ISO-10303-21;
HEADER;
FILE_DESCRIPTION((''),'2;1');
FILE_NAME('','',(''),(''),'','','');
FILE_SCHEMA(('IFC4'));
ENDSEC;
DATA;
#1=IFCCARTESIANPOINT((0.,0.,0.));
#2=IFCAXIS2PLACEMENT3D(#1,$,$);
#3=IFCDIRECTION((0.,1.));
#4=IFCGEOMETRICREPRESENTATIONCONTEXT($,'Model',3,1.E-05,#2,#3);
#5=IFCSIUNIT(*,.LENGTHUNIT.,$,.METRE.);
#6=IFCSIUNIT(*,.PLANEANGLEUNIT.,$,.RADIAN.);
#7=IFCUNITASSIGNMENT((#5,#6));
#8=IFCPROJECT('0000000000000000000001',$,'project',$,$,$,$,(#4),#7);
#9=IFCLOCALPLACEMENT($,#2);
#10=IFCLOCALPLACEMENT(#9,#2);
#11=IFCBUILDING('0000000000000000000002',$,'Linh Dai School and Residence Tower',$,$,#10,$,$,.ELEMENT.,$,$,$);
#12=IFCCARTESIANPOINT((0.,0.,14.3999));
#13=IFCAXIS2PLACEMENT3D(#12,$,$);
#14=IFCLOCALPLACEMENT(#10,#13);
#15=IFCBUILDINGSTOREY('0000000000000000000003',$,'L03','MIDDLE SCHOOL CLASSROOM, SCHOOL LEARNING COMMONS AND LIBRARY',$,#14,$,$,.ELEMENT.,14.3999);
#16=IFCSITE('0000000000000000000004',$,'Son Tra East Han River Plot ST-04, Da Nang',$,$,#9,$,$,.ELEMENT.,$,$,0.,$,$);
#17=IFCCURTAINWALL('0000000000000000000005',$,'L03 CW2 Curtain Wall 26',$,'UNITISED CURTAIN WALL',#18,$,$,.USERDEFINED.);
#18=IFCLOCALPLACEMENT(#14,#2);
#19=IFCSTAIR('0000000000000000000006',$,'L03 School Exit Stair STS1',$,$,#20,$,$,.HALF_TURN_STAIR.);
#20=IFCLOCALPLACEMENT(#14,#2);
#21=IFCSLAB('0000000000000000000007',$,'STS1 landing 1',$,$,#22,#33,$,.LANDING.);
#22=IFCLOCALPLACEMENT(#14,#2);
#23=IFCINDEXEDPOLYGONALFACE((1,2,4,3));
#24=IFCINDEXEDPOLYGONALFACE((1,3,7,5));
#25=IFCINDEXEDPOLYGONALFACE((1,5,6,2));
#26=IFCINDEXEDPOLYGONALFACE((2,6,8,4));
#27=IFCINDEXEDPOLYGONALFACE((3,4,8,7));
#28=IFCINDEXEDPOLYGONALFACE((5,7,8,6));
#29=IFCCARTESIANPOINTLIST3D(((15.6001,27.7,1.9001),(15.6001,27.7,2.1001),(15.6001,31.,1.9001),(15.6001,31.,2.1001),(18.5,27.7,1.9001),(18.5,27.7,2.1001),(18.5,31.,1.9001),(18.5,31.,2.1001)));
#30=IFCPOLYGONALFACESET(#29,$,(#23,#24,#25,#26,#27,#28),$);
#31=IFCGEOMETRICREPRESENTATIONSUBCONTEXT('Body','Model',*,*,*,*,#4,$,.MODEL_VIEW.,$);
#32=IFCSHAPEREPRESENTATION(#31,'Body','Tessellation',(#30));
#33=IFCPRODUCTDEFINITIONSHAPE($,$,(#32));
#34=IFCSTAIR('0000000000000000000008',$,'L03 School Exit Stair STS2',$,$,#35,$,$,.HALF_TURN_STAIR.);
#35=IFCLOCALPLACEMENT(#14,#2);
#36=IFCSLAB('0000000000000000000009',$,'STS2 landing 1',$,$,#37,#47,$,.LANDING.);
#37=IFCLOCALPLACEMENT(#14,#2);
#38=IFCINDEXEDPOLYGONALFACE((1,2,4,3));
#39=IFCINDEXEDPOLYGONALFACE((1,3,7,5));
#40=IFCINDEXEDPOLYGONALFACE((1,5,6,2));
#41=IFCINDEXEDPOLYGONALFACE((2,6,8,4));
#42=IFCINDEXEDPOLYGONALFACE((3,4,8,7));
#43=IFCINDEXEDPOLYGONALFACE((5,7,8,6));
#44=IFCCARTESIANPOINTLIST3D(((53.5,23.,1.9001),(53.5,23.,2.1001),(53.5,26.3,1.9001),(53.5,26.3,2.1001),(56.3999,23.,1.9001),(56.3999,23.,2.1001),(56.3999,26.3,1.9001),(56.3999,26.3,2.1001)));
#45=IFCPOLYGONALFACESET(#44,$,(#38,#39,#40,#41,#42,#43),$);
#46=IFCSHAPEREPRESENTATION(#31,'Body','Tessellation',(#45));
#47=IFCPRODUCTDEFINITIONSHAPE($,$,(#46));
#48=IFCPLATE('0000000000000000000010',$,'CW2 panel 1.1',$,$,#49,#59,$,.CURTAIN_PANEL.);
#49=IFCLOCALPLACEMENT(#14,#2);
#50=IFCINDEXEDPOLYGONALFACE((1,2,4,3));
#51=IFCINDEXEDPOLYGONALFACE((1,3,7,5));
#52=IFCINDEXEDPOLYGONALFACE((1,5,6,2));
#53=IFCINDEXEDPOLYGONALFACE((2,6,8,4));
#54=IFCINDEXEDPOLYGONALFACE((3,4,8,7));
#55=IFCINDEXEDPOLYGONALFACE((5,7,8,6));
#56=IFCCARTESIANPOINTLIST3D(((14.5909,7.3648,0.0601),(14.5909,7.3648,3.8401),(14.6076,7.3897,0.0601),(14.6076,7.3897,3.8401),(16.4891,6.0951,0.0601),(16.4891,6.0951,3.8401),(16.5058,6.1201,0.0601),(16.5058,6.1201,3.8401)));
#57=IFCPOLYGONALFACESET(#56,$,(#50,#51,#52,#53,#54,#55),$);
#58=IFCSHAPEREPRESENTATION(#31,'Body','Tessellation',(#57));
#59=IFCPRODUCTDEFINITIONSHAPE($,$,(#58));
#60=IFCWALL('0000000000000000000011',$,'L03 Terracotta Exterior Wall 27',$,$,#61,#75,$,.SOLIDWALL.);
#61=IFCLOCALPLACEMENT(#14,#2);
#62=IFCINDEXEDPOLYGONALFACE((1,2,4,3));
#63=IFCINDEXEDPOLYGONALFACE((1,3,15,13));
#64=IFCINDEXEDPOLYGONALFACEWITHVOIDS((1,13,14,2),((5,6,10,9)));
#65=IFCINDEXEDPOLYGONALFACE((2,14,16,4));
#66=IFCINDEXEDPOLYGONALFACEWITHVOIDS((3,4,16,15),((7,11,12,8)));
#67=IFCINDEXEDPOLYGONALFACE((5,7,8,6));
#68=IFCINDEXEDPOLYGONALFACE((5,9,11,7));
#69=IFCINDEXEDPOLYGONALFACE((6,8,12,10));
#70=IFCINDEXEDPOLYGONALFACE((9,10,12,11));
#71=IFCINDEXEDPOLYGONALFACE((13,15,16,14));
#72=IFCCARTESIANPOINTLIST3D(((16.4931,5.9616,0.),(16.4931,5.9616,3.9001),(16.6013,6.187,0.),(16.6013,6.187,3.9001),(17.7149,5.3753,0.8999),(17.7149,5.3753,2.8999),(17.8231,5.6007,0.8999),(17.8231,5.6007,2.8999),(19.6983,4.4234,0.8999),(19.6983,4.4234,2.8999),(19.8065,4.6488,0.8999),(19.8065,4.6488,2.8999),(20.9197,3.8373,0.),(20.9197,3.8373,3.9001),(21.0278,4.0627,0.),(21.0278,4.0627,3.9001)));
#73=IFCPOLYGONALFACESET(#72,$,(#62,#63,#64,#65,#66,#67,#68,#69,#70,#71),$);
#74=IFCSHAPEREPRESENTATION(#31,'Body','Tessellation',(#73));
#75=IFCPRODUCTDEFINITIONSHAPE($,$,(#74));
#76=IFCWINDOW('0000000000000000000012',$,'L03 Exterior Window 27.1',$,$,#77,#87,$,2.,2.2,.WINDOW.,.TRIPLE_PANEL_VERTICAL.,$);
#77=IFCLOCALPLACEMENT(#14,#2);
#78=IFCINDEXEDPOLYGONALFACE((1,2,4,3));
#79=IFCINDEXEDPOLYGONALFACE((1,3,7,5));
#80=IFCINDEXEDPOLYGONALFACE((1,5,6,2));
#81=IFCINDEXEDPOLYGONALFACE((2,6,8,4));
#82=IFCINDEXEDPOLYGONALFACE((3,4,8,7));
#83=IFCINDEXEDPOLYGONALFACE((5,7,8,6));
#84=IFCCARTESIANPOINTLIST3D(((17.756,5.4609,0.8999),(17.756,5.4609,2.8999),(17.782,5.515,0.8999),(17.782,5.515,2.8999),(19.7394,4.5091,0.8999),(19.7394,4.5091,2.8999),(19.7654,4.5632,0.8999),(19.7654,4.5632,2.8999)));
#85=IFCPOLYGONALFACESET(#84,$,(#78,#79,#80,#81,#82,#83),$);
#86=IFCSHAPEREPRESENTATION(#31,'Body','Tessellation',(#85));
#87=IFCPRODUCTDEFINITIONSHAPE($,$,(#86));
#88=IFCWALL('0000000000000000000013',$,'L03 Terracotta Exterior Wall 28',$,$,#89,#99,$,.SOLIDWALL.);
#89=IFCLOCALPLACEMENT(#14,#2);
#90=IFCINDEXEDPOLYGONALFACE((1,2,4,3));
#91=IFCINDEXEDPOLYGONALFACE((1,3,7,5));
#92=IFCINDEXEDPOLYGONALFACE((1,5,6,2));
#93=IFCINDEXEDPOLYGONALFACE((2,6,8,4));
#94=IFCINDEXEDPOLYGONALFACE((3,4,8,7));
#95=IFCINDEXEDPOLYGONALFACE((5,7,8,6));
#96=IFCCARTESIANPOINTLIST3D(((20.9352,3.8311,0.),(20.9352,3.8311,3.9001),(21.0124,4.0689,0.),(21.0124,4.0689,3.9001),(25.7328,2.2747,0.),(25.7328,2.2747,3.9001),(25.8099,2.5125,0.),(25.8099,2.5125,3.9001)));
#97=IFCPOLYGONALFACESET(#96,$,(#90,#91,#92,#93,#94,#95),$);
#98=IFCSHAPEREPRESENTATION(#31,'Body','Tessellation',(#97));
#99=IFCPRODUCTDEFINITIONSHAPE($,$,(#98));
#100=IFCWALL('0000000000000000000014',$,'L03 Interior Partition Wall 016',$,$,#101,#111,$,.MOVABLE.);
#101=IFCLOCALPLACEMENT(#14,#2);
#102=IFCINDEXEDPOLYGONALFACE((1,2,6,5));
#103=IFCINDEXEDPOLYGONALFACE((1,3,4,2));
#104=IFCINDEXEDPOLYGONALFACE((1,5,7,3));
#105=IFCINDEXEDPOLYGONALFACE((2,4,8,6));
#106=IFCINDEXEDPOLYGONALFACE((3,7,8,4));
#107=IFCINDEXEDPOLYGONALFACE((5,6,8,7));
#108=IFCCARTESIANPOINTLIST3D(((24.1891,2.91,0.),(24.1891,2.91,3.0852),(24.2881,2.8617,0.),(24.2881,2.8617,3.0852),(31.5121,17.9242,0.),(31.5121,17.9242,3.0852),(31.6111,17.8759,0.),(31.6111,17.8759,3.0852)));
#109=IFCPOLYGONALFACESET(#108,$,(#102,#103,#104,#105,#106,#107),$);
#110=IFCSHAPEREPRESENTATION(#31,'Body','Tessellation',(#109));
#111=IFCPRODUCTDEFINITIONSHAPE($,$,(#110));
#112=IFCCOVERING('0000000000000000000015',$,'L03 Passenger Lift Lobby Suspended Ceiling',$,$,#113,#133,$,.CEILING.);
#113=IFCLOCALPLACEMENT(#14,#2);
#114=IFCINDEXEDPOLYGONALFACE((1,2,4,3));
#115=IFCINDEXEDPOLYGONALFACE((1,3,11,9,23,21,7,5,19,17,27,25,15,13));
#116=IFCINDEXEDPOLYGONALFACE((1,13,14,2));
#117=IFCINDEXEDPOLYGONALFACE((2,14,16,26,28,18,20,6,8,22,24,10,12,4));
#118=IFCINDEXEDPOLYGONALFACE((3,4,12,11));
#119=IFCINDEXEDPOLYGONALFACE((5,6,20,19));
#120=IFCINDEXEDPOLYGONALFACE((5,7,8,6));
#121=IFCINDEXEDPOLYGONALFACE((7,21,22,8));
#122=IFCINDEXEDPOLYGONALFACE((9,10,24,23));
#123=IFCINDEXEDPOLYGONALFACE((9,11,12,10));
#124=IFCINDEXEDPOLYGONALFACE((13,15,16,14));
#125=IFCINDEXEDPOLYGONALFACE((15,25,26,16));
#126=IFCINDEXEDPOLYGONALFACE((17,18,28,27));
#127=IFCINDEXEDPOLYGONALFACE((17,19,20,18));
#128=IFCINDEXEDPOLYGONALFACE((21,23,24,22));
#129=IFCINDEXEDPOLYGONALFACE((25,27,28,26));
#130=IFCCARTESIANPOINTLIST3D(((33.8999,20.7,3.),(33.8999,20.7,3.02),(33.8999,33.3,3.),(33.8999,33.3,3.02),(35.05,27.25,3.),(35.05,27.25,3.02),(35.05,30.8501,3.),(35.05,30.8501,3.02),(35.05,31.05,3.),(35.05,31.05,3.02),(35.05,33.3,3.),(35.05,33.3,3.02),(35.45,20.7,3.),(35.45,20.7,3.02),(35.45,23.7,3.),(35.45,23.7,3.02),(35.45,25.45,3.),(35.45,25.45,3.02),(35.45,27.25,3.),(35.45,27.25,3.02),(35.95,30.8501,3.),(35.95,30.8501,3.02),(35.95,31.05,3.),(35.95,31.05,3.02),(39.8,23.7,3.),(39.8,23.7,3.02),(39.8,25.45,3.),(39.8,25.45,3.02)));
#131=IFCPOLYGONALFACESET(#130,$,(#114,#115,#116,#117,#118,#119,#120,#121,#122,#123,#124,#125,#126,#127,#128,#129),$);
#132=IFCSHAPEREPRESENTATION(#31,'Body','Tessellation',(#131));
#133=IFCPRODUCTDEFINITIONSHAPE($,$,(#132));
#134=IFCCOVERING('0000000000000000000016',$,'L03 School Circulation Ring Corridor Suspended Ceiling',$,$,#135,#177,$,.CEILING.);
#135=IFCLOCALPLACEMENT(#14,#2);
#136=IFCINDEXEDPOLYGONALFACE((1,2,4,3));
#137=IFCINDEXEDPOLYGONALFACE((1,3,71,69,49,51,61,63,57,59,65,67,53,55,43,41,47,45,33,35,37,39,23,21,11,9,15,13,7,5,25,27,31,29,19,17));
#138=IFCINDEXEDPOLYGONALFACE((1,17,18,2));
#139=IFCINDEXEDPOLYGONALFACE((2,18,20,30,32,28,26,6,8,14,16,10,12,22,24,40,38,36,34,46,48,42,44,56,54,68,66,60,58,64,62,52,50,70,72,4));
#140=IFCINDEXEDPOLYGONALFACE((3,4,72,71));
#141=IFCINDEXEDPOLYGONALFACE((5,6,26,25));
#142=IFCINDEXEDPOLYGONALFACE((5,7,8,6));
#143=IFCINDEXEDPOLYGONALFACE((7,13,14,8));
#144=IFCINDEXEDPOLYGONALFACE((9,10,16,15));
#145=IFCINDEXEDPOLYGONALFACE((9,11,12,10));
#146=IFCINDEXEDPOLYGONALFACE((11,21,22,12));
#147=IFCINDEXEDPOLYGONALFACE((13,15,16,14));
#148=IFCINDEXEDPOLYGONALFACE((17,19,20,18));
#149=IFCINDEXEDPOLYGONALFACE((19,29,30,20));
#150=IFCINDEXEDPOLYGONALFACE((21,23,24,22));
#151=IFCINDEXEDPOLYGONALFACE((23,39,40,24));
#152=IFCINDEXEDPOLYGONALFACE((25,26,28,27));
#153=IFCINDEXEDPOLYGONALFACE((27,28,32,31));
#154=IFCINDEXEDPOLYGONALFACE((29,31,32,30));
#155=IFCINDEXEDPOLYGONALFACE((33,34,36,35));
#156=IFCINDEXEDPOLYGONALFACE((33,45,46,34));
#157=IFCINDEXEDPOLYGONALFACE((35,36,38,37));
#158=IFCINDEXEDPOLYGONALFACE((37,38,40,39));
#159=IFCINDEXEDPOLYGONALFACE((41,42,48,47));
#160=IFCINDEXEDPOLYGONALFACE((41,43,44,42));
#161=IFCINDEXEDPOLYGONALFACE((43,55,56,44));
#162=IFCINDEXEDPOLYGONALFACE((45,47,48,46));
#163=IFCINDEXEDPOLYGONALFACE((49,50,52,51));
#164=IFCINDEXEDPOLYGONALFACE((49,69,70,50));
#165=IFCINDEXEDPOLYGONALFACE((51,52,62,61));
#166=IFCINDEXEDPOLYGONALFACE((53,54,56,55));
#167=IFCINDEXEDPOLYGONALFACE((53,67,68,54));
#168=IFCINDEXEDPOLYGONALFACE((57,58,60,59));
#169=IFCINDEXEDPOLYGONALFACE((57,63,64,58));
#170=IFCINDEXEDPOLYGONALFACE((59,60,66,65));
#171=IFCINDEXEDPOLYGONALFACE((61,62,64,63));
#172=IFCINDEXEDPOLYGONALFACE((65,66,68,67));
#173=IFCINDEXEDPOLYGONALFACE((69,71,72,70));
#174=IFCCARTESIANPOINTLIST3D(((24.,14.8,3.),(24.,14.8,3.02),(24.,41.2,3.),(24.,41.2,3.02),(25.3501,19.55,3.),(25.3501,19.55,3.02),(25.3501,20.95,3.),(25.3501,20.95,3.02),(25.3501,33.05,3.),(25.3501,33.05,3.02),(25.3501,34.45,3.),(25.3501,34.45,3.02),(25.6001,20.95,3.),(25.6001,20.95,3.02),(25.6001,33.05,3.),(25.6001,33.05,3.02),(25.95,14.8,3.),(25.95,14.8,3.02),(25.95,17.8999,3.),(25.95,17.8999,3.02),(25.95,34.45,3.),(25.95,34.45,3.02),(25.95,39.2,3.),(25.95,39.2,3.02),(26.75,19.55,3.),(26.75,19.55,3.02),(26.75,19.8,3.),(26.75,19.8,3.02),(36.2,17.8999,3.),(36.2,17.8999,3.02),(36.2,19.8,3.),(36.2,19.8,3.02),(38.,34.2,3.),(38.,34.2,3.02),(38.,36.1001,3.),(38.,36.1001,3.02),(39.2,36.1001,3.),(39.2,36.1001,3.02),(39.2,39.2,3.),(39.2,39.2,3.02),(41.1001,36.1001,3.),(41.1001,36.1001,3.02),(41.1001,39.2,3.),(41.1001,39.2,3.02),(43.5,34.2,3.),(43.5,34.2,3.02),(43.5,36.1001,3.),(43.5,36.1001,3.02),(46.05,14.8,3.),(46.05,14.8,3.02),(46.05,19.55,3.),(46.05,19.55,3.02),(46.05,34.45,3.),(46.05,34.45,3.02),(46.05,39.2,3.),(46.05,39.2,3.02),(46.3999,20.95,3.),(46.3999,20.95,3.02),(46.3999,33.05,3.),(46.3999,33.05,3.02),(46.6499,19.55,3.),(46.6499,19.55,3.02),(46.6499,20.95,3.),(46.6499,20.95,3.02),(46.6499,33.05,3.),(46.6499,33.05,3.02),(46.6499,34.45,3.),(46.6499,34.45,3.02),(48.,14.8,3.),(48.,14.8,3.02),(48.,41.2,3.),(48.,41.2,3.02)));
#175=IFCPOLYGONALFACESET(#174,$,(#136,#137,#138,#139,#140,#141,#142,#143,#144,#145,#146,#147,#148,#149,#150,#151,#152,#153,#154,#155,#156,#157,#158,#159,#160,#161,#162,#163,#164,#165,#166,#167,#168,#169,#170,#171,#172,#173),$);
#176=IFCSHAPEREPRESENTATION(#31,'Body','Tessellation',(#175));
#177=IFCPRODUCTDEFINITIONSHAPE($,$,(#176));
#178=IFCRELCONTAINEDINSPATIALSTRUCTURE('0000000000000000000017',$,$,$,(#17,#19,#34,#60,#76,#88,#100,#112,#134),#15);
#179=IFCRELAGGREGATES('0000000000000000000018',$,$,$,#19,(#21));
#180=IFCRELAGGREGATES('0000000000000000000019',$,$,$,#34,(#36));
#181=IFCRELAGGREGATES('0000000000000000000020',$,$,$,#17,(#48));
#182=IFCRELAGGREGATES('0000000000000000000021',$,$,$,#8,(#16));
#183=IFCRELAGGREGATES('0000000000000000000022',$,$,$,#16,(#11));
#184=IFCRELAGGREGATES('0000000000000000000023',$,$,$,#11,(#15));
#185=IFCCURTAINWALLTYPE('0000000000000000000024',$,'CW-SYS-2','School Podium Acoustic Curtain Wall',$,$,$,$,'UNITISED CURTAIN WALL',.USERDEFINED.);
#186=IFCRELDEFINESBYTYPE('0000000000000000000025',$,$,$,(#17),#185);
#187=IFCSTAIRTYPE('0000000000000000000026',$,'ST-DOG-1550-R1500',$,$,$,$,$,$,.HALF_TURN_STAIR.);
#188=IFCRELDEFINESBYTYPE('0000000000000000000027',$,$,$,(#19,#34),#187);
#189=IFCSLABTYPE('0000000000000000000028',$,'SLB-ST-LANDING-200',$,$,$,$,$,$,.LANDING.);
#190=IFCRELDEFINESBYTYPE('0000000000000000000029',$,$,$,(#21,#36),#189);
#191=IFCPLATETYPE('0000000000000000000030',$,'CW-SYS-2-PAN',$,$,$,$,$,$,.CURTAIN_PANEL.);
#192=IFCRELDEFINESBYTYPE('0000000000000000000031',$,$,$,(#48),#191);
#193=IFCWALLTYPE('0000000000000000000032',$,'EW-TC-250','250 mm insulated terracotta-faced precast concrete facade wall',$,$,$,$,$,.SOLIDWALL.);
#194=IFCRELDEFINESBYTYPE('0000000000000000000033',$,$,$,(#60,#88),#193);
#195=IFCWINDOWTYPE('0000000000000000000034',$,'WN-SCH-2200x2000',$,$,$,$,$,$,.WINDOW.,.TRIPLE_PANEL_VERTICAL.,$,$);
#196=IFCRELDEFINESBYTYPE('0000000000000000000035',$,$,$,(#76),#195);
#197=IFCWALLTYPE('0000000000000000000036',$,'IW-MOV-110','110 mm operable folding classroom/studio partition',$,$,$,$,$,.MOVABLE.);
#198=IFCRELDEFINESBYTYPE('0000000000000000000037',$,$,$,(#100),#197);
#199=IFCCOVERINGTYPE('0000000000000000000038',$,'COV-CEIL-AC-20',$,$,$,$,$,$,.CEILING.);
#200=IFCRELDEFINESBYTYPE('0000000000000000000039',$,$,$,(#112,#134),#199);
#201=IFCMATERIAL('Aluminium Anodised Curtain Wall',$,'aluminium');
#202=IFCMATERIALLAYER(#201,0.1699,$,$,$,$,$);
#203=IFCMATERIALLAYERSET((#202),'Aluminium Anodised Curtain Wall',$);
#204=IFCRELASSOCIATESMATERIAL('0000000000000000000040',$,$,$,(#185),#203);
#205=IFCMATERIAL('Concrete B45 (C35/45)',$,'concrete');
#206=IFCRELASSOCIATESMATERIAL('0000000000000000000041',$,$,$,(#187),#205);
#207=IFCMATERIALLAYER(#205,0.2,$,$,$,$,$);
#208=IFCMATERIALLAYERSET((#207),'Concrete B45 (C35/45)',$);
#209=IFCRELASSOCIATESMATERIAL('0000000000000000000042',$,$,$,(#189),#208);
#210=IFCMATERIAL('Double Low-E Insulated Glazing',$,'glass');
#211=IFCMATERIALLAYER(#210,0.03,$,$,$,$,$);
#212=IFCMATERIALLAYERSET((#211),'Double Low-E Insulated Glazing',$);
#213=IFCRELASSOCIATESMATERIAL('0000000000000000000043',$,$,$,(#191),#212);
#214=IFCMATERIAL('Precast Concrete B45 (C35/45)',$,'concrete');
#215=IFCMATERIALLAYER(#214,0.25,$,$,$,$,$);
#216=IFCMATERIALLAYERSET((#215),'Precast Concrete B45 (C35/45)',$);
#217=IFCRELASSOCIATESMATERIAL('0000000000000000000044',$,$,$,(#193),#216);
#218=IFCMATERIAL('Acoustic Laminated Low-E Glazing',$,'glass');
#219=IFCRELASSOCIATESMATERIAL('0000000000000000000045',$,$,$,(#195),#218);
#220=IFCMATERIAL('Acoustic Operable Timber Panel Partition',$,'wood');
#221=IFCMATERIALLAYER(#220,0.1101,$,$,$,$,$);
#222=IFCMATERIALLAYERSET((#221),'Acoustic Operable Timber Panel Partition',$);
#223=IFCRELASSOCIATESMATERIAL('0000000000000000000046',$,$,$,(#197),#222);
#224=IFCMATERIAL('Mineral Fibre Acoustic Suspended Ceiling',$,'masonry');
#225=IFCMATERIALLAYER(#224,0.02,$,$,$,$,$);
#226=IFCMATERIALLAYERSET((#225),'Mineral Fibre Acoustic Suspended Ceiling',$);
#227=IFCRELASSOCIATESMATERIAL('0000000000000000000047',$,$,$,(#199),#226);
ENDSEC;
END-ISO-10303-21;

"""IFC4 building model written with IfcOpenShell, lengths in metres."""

from ifc_helpers import new_model, si_unit, direction, frame, frame_2d, origin, origin_2d, place, context, subcontext, project, spatial, polyline, rectangle, outline, extrude, source, transform, mapped, material, layer, layer_set, type_object, element, fill, aggregate, save


model = new_model("IFC4")

# Units and contexts
model_context = context("Model", 3, precision=1e-05, world=origin(), true_north=direction((0.0, 1.0)))
body_context = subcontext(model_context, "Body", "Model", "MODEL_VIEW")
ifc_project = project(units=[si_unit("LENGTHUNIT", "METRE"), si_unit("PLANEANGLEUNIT", "RADIAN")], contexts=[model_context])

# Site, building, storey
site_placement = place(None, origin())
site = spatial("IfcSite", under=ifc_project, at=site_placement, Name="Son Tra East Han River Plot ST-04, Da Nang", CompositionType="ELEMENT", RefElevation=0.0)
building_placement = place(site_placement, origin())
building = spatial("IfcBuilding", under=site, at=building_placement, Name="Linh Dai School and Residence Tower", CompositionType="ELEMENT")
storey_placement = place(building_placement, frame((0.0, 0.0, 14.3999)))
storey = spatial("IfcBuildingStorey", under=building, at=storey_placement, Name="L03", Description="MIDDLE SCHOOL CLASSROOM, SCHOOL LEARNING COMMONS AND LIBRARY", CompositionType="ELEMENT", Elevation=14.3999)

# Curtain wall
ifc_material_1 = material(Name="Aluminium Anodised Curtain Wall", Category="aluminium")
ifc_layer_1 = layer(ifc_material_1, 0.1699)
ifc_layer_set_1 = layer_set([ifc_layer_1], Name="Aluminium Anodised Curtain Wall")
curtain_wall_type = type_object("IfcCurtainWallType", Name="CW-SYS-2", Description="School Podium Acoustic Curtain Wall", ElementType="UNITISED CURTAIN WALL", PredefinedType="USERDEFINED", material=ifc_layer_set_1)
curtain_wall_placement = place(storey_placement, origin())
curtain_wall = element("IfcCurtainWall", 1, at=curtain_wall_placement, inside=storey, type_object=curtain_wall_type, Name="L03 CW2 Curtain Wall 26", ObjectType="UNITISED CURTAIN WALL", PredefinedType="USERDEFINED")

# Shared definitions
ifc_material_2 = material(Name="Concrete B45 (C35/45)", Category="concrete")

# Stairs, slabs
stair_type = type_object("IfcStairType", Name="ST-DOG-1550-R1500", PredefinedType="HALF_TURN_STAIR", material=ifc_material_2)
ifc_layer_2 = layer(ifc_material_2, 0.2)
ifc_layer_set_2 = layer_set([ifc_layer_2], Name="Concrete B45 (C35/45)")
slab_type_1 = type_object("IfcSlabType", Name="SLB-ST-LANDING-200", PredefinedType="LANDING", material=ifc_layer_set_2)
stair_1_placement = place(storey_placement, origin())
stair_1 = element("IfcStair", 2, at=stair_1_placement, inside=storey, type_object=stair_type, Name="L03 School Exit Stair STS1", PredefinedType="HALF_TURN_STAIR")
slab_1_placement = place(storey_placement, frame((0.0, 0.0, 1.9001)))
slab_1 = element("IfcSlab", 3, at=slab_1_placement, type_object=slab_type_1, Name="STS1 landing 1", PredefinedType="LANDING", context=body_context, shape_type="SweptSolid", body=[
    extrude(outline(polyline([(18.5, 31.0), (15.6001, 31.0), (15.6001, 27.7), (18.5, 27.7), (18.5, 31.0)])), origin(), (0.0, 0.0, 1.0), 0.2),
])
aggregate(stair_1, [slab_1])
stair_2_placement = place(storey_placement, origin())
stair_2 = element("IfcStair", 4, at=stair_2_placement, inside=storey, type_object=stair_type, Name="L03 School Exit Stair STS2", PredefinedType="HALF_TURN_STAIR")
slab_2_placement = place(storey_placement, frame((0.0, 0.0, 1.9001)))
slab_2 = element("IfcSlab", 5, at=slab_2_placement, type_object=slab_type_1, Name="STS2 landing 1", PredefinedType="LANDING", context=body_context, shape_type="SweptSolid", body=[
    extrude(outline(polyline([(53.5, 23.0), (56.3999, 23.0), (56.3999, 26.3), (53.5, 26.3), (53.5, 23.0)])), origin(), (0.0, 0.0, 1.0), 0.2),
])
aggregate(stair_2, [slab_2])

# Plate
ifc_material_3 = material(Name="Double Low-E Insulated Glazing", Category="glass")
ifc_layer_3 = layer(ifc_material_3, 0.03)
ifc_layer_set_3 = layer_set([ifc_layer_3], Name="Double Low-E Insulated Glazing")
plate_type = type_object("IfcPlateType", Name="CW-SYS-2-PAN", PredefinedType="CURTAIN_PANEL", material=ifc_layer_set_3)
shared_shape_1 = source(origin(), body_context, "Body", "SweptSolid", [
    extrude(rectangle(XDim=2.2837, YDim=0.03, at=origin_2d()), origin(), (0.0, 0.0, 1.0), 3.78),
])
plate_placement = place(storey_placement, frame((15.5483, 6.7424, 0.0601), z_axis=(0.0, 0.0, 1.0), x_axis=(-0.831211, 0.555957, 0.0)))
plate = element("IfcPlate", 6, at=plate_placement, type_object=plate_type, Name="CW2 panel 1.1", PredefinedType="CURTAIN_PANEL", context=body_context, shape_type="MappedRepresentation", body=[
    mapped(shared_shape_1, transform((0.0, 0.0, 0.0), x_axis=(1.0, 0.0, 0.0), y_axis=(0.0, 1.0, 0.0), z_axis=(0.0, 0.0, 1.0), scale=1.0)),
])
aggregate(curtain_wall, [plate])

# Wall, opening, window
ifc_material_4 = material(Name="Precast Concrete B45 (C35/45)", Category="concrete")
ifc_layer_4 = layer(ifc_material_4, 0.25)
ifc_layer_set_4 = layer_set([ifc_layer_4], Name="Precast Concrete B45 (C35/45)")
wall_type_1 = type_object("IfcWallType", Name="EW-TC-250", Description="250 mm insulated terracotta-faced precast concrete facade wall", PredefinedType="SOLIDWALL", material=ifc_layer_set_4)
wall_1_placement = place(storey_placement, frame((20.9739, 3.95, 0.0), z_axis=(0.0, 0.0, 1.0), x_axis=(-0.90156, 0.432655, 0.0)))
wall_1 = element("IfcWall", 7, at=wall_1_placement, inside=storey, type_object=wall_type_1, Name="L03 Terracotta Exterior Wall 27", PredefinedType="SOLIDWALL", context=body_context, shape_type="SweptSolid", body=[
    extrude(rectangle(XDim=4.9099, YDim=0.25, at=frame_2d((2.4551, 0.0))), origin(), (0.0, 0.0, 1.0), 3.9001),
])
opening_placement = place(wall_1_placement, frame((1.3547, 0.0, 0.8999)))
opening = element("IfcOpeningElement", 8, at=opening_placement, cuts=wall_1, PredefinedType="OPENING", context=body_context, shape_type="SweptSolid", body=[
    extrude(rectangle(XDim=2.2, YDim=2.0, at=origin_2d()), frame((1.1001, 0.135, 1.0), z_axis=(0.0, -1.0, 0.0), x_axis=(1.0, 0.0, 0.0)), (0.0, 0.0, 1.0), 0.27),
])
ifc_material_5 = material(Name="Acoustic Laminated Low-E Glazing", Category="glass")
window_type = type_object("IfcWindowType", Name="WN-SCH-2200x2000", PartitioningType="TRIPLE_PANEL_VERTICAL", PredefinedType="WINDOW", material=ifc_material_5)
shared_shape_2 = source(origin(), body_context, "Body", "SweptSolid", [
    extrude(rectangle(XDim=2.2, YDim=2.0, at=origin_2d()), frame((1.1001, 0.03, 1.0), z_axis=(0.0, -1.0, 0.0), x_axis=(1.0, 0.0, 0.0)), (0.0, 0.0, 1.0), 0.0601),
])
window_placement = place(opening_placement, origin())
window = element("IfcWindow", 9, at=window_placement, inside=storey, type_object=window_type, Name="L03 Exterior Window 27.1", OverallHeight=2.0, OverallWidth=2.2, PartitioningType="TRIPLE_PANEL_VERTICAL", PredefinedType="WINDOW", context=body_context, shape_type="MappedRepresentation", body=[
    mapped(shared_shape_2, transform((0.0, 0.0, 0.0), x_axis=(1.0, 0.0, 0.0), y_axis=(0.0, 1.0, 0.0), z_axis=(0.0, 0.0, 1.0), scale=1.0)),
])
fill(opening, window)

# Walls
wall_2_placement = place(storey_placement, frame((25.7715, 2.3936, 0.0), z_axis=(0.0, 0.0, 1.0), x_axis=(-0.951199, 0.308579, 0.0)))
element("IfcWall", 10, at=wall_2_placement, inside=storey, type_object=wall_type_1, Name="L03 Terracotta Exterior Wall 28", PredefinedType="SOLIDWALL", context=body_context, shape_type="SweptSolid", body=[
    extrude(rectangle(XDim=5.0437, YDim=0.25, at=frame_2d((2.522, 0.0))), origin(), (0.0, 0.0, 1.0), 3.9001),
])
ifc_material_6 = material(Name="Acoustic Operable Timber Panel Partition", Category="wood")
ifc_layer_5 = layer(ifc_material_6, 0.1101)
ifc_layer_set_5 = layer_set([ifc_layer_5], Name="Acoustic Operable Timber Panel Partition")
wall_type_2 = type_object("IfcWallType", Name="IW-MOV-110", Description="110 mm operable folding classroom/studio partition", PredefinedType="MOVABLE", material=ifc_layer_set_5)
wall_3_placement = place(storey_placement, frame((24.2385, 2.8857, 0.0), z_axis=(0.0, 0.0, 1.0), x_axis=(0.438376, 0.898792, 0.0)))
element("IfcWall", 11, at=wall_3_placement, inside=storey, type_object=wall_type_2, Name="L03 Interior Partition Wall 016", PredefinedType="MOVABLE", context=body_context, shape_type="SweptSolid", body=[
    extrude(rectangle(XDim=16.7048, YDim=0.1101, at=frame_2d((8.3525, 0.0))), origin(), (0.0, 0.0, 1.0), 3.0852),
])

# Coverings
ifc_material_7 = material(Name="Mineral Fibre Acoustic Suspended Ceiling", Category="masonry")
ifc_layer_6 = layer(ifc_material_7, 0.02)
ifc_layer_set_6 = layer_set([ifc_layer_6], Name="Mineral Fibre Acoustic Suspended Ceiling")
covering_type_1 = type_object("IfcCoveringType", Name="COV-CEIL-AC-20", PredefinedType="CEILING", material=ifc_layer_set_6)
covering_1_placement = place(storey_placement, frame((0.0, 0.0, 3.0)))
element("IfcCovering", 12, at=covering_1_placement, inside=storey, type_object=covering_type_1, Name="L03 Passenger Lift Lobby Suspended Ceiling", PredefinedType="CEILING", context=body_context, shape_type="SweptSolid", body=[
    extrude(outline(polyline([(35.05, 33.3), (35.05, 31.05), (35.95, 31.05), (35.95, 30.8501), (35.05, 30.8501), (35.05, 27.25), (35.45, 27.25), (35.45, 25.45), (39.8, 25.45), (39.8, 23.7), (35.45, 23.7), (35.45, 20.7), (33.8999, 20.7), (33.8999, 33.3), (35.05, 33.3)])), origin(), (0.0, 0.0, 1.0), 0.02),
])
covering_2_placement = place(storey_placement, frame((0.0, 0.0, 3.0)))
element("IfcCovering", 13, at=covering_2_placement, inside=storey, type_object=covering_type_1, Name="L03 School Circulation Ring Corridor Suspended Ceiling", PredefinedType="CEILING", context=body_context, shape_type="SweptSolid", body=[
    extrude(outline(polyline([(24.0, 41.2), (48.0, 41.2), (48.0, 14.8), (46.05, 14.8), (46.05, 19.55), (46.6499, 19.55), (46.6499, 20.95), (46.3999, 20.95), (46.3999, 33.05), (46.6499, 33.05), (46.6499, 34.45), (46.05, 34.45), (46.05, 39.2), (41.1001, 39.2), (41.1001, 36.1001), (43.5, 36.1001), (43.5, 34.2), (38.0, 34.2), (38.0, 36.1001), (39.2, 36.1001), (39.2, 39.2), (25.95, 39.2), (25.95, 34.45), (25.3501, 34.45), (25.3501, 33.05), (25.6001, 33.05), (25.6001, 20.95), (25.3501, 20.95), (25.3501, 19.55), (26.75, 19.55), (26.75, 19.8), (36.2, 19.8), (36.2, 17.8999), (25.95, 17.8999), (25.95, 14.8), (24.0, 14.8), (24.0, 41.2)])), origin(), (0.0, 0.0, 1.0), 0.02),
])

save(model, "model.ifc")
